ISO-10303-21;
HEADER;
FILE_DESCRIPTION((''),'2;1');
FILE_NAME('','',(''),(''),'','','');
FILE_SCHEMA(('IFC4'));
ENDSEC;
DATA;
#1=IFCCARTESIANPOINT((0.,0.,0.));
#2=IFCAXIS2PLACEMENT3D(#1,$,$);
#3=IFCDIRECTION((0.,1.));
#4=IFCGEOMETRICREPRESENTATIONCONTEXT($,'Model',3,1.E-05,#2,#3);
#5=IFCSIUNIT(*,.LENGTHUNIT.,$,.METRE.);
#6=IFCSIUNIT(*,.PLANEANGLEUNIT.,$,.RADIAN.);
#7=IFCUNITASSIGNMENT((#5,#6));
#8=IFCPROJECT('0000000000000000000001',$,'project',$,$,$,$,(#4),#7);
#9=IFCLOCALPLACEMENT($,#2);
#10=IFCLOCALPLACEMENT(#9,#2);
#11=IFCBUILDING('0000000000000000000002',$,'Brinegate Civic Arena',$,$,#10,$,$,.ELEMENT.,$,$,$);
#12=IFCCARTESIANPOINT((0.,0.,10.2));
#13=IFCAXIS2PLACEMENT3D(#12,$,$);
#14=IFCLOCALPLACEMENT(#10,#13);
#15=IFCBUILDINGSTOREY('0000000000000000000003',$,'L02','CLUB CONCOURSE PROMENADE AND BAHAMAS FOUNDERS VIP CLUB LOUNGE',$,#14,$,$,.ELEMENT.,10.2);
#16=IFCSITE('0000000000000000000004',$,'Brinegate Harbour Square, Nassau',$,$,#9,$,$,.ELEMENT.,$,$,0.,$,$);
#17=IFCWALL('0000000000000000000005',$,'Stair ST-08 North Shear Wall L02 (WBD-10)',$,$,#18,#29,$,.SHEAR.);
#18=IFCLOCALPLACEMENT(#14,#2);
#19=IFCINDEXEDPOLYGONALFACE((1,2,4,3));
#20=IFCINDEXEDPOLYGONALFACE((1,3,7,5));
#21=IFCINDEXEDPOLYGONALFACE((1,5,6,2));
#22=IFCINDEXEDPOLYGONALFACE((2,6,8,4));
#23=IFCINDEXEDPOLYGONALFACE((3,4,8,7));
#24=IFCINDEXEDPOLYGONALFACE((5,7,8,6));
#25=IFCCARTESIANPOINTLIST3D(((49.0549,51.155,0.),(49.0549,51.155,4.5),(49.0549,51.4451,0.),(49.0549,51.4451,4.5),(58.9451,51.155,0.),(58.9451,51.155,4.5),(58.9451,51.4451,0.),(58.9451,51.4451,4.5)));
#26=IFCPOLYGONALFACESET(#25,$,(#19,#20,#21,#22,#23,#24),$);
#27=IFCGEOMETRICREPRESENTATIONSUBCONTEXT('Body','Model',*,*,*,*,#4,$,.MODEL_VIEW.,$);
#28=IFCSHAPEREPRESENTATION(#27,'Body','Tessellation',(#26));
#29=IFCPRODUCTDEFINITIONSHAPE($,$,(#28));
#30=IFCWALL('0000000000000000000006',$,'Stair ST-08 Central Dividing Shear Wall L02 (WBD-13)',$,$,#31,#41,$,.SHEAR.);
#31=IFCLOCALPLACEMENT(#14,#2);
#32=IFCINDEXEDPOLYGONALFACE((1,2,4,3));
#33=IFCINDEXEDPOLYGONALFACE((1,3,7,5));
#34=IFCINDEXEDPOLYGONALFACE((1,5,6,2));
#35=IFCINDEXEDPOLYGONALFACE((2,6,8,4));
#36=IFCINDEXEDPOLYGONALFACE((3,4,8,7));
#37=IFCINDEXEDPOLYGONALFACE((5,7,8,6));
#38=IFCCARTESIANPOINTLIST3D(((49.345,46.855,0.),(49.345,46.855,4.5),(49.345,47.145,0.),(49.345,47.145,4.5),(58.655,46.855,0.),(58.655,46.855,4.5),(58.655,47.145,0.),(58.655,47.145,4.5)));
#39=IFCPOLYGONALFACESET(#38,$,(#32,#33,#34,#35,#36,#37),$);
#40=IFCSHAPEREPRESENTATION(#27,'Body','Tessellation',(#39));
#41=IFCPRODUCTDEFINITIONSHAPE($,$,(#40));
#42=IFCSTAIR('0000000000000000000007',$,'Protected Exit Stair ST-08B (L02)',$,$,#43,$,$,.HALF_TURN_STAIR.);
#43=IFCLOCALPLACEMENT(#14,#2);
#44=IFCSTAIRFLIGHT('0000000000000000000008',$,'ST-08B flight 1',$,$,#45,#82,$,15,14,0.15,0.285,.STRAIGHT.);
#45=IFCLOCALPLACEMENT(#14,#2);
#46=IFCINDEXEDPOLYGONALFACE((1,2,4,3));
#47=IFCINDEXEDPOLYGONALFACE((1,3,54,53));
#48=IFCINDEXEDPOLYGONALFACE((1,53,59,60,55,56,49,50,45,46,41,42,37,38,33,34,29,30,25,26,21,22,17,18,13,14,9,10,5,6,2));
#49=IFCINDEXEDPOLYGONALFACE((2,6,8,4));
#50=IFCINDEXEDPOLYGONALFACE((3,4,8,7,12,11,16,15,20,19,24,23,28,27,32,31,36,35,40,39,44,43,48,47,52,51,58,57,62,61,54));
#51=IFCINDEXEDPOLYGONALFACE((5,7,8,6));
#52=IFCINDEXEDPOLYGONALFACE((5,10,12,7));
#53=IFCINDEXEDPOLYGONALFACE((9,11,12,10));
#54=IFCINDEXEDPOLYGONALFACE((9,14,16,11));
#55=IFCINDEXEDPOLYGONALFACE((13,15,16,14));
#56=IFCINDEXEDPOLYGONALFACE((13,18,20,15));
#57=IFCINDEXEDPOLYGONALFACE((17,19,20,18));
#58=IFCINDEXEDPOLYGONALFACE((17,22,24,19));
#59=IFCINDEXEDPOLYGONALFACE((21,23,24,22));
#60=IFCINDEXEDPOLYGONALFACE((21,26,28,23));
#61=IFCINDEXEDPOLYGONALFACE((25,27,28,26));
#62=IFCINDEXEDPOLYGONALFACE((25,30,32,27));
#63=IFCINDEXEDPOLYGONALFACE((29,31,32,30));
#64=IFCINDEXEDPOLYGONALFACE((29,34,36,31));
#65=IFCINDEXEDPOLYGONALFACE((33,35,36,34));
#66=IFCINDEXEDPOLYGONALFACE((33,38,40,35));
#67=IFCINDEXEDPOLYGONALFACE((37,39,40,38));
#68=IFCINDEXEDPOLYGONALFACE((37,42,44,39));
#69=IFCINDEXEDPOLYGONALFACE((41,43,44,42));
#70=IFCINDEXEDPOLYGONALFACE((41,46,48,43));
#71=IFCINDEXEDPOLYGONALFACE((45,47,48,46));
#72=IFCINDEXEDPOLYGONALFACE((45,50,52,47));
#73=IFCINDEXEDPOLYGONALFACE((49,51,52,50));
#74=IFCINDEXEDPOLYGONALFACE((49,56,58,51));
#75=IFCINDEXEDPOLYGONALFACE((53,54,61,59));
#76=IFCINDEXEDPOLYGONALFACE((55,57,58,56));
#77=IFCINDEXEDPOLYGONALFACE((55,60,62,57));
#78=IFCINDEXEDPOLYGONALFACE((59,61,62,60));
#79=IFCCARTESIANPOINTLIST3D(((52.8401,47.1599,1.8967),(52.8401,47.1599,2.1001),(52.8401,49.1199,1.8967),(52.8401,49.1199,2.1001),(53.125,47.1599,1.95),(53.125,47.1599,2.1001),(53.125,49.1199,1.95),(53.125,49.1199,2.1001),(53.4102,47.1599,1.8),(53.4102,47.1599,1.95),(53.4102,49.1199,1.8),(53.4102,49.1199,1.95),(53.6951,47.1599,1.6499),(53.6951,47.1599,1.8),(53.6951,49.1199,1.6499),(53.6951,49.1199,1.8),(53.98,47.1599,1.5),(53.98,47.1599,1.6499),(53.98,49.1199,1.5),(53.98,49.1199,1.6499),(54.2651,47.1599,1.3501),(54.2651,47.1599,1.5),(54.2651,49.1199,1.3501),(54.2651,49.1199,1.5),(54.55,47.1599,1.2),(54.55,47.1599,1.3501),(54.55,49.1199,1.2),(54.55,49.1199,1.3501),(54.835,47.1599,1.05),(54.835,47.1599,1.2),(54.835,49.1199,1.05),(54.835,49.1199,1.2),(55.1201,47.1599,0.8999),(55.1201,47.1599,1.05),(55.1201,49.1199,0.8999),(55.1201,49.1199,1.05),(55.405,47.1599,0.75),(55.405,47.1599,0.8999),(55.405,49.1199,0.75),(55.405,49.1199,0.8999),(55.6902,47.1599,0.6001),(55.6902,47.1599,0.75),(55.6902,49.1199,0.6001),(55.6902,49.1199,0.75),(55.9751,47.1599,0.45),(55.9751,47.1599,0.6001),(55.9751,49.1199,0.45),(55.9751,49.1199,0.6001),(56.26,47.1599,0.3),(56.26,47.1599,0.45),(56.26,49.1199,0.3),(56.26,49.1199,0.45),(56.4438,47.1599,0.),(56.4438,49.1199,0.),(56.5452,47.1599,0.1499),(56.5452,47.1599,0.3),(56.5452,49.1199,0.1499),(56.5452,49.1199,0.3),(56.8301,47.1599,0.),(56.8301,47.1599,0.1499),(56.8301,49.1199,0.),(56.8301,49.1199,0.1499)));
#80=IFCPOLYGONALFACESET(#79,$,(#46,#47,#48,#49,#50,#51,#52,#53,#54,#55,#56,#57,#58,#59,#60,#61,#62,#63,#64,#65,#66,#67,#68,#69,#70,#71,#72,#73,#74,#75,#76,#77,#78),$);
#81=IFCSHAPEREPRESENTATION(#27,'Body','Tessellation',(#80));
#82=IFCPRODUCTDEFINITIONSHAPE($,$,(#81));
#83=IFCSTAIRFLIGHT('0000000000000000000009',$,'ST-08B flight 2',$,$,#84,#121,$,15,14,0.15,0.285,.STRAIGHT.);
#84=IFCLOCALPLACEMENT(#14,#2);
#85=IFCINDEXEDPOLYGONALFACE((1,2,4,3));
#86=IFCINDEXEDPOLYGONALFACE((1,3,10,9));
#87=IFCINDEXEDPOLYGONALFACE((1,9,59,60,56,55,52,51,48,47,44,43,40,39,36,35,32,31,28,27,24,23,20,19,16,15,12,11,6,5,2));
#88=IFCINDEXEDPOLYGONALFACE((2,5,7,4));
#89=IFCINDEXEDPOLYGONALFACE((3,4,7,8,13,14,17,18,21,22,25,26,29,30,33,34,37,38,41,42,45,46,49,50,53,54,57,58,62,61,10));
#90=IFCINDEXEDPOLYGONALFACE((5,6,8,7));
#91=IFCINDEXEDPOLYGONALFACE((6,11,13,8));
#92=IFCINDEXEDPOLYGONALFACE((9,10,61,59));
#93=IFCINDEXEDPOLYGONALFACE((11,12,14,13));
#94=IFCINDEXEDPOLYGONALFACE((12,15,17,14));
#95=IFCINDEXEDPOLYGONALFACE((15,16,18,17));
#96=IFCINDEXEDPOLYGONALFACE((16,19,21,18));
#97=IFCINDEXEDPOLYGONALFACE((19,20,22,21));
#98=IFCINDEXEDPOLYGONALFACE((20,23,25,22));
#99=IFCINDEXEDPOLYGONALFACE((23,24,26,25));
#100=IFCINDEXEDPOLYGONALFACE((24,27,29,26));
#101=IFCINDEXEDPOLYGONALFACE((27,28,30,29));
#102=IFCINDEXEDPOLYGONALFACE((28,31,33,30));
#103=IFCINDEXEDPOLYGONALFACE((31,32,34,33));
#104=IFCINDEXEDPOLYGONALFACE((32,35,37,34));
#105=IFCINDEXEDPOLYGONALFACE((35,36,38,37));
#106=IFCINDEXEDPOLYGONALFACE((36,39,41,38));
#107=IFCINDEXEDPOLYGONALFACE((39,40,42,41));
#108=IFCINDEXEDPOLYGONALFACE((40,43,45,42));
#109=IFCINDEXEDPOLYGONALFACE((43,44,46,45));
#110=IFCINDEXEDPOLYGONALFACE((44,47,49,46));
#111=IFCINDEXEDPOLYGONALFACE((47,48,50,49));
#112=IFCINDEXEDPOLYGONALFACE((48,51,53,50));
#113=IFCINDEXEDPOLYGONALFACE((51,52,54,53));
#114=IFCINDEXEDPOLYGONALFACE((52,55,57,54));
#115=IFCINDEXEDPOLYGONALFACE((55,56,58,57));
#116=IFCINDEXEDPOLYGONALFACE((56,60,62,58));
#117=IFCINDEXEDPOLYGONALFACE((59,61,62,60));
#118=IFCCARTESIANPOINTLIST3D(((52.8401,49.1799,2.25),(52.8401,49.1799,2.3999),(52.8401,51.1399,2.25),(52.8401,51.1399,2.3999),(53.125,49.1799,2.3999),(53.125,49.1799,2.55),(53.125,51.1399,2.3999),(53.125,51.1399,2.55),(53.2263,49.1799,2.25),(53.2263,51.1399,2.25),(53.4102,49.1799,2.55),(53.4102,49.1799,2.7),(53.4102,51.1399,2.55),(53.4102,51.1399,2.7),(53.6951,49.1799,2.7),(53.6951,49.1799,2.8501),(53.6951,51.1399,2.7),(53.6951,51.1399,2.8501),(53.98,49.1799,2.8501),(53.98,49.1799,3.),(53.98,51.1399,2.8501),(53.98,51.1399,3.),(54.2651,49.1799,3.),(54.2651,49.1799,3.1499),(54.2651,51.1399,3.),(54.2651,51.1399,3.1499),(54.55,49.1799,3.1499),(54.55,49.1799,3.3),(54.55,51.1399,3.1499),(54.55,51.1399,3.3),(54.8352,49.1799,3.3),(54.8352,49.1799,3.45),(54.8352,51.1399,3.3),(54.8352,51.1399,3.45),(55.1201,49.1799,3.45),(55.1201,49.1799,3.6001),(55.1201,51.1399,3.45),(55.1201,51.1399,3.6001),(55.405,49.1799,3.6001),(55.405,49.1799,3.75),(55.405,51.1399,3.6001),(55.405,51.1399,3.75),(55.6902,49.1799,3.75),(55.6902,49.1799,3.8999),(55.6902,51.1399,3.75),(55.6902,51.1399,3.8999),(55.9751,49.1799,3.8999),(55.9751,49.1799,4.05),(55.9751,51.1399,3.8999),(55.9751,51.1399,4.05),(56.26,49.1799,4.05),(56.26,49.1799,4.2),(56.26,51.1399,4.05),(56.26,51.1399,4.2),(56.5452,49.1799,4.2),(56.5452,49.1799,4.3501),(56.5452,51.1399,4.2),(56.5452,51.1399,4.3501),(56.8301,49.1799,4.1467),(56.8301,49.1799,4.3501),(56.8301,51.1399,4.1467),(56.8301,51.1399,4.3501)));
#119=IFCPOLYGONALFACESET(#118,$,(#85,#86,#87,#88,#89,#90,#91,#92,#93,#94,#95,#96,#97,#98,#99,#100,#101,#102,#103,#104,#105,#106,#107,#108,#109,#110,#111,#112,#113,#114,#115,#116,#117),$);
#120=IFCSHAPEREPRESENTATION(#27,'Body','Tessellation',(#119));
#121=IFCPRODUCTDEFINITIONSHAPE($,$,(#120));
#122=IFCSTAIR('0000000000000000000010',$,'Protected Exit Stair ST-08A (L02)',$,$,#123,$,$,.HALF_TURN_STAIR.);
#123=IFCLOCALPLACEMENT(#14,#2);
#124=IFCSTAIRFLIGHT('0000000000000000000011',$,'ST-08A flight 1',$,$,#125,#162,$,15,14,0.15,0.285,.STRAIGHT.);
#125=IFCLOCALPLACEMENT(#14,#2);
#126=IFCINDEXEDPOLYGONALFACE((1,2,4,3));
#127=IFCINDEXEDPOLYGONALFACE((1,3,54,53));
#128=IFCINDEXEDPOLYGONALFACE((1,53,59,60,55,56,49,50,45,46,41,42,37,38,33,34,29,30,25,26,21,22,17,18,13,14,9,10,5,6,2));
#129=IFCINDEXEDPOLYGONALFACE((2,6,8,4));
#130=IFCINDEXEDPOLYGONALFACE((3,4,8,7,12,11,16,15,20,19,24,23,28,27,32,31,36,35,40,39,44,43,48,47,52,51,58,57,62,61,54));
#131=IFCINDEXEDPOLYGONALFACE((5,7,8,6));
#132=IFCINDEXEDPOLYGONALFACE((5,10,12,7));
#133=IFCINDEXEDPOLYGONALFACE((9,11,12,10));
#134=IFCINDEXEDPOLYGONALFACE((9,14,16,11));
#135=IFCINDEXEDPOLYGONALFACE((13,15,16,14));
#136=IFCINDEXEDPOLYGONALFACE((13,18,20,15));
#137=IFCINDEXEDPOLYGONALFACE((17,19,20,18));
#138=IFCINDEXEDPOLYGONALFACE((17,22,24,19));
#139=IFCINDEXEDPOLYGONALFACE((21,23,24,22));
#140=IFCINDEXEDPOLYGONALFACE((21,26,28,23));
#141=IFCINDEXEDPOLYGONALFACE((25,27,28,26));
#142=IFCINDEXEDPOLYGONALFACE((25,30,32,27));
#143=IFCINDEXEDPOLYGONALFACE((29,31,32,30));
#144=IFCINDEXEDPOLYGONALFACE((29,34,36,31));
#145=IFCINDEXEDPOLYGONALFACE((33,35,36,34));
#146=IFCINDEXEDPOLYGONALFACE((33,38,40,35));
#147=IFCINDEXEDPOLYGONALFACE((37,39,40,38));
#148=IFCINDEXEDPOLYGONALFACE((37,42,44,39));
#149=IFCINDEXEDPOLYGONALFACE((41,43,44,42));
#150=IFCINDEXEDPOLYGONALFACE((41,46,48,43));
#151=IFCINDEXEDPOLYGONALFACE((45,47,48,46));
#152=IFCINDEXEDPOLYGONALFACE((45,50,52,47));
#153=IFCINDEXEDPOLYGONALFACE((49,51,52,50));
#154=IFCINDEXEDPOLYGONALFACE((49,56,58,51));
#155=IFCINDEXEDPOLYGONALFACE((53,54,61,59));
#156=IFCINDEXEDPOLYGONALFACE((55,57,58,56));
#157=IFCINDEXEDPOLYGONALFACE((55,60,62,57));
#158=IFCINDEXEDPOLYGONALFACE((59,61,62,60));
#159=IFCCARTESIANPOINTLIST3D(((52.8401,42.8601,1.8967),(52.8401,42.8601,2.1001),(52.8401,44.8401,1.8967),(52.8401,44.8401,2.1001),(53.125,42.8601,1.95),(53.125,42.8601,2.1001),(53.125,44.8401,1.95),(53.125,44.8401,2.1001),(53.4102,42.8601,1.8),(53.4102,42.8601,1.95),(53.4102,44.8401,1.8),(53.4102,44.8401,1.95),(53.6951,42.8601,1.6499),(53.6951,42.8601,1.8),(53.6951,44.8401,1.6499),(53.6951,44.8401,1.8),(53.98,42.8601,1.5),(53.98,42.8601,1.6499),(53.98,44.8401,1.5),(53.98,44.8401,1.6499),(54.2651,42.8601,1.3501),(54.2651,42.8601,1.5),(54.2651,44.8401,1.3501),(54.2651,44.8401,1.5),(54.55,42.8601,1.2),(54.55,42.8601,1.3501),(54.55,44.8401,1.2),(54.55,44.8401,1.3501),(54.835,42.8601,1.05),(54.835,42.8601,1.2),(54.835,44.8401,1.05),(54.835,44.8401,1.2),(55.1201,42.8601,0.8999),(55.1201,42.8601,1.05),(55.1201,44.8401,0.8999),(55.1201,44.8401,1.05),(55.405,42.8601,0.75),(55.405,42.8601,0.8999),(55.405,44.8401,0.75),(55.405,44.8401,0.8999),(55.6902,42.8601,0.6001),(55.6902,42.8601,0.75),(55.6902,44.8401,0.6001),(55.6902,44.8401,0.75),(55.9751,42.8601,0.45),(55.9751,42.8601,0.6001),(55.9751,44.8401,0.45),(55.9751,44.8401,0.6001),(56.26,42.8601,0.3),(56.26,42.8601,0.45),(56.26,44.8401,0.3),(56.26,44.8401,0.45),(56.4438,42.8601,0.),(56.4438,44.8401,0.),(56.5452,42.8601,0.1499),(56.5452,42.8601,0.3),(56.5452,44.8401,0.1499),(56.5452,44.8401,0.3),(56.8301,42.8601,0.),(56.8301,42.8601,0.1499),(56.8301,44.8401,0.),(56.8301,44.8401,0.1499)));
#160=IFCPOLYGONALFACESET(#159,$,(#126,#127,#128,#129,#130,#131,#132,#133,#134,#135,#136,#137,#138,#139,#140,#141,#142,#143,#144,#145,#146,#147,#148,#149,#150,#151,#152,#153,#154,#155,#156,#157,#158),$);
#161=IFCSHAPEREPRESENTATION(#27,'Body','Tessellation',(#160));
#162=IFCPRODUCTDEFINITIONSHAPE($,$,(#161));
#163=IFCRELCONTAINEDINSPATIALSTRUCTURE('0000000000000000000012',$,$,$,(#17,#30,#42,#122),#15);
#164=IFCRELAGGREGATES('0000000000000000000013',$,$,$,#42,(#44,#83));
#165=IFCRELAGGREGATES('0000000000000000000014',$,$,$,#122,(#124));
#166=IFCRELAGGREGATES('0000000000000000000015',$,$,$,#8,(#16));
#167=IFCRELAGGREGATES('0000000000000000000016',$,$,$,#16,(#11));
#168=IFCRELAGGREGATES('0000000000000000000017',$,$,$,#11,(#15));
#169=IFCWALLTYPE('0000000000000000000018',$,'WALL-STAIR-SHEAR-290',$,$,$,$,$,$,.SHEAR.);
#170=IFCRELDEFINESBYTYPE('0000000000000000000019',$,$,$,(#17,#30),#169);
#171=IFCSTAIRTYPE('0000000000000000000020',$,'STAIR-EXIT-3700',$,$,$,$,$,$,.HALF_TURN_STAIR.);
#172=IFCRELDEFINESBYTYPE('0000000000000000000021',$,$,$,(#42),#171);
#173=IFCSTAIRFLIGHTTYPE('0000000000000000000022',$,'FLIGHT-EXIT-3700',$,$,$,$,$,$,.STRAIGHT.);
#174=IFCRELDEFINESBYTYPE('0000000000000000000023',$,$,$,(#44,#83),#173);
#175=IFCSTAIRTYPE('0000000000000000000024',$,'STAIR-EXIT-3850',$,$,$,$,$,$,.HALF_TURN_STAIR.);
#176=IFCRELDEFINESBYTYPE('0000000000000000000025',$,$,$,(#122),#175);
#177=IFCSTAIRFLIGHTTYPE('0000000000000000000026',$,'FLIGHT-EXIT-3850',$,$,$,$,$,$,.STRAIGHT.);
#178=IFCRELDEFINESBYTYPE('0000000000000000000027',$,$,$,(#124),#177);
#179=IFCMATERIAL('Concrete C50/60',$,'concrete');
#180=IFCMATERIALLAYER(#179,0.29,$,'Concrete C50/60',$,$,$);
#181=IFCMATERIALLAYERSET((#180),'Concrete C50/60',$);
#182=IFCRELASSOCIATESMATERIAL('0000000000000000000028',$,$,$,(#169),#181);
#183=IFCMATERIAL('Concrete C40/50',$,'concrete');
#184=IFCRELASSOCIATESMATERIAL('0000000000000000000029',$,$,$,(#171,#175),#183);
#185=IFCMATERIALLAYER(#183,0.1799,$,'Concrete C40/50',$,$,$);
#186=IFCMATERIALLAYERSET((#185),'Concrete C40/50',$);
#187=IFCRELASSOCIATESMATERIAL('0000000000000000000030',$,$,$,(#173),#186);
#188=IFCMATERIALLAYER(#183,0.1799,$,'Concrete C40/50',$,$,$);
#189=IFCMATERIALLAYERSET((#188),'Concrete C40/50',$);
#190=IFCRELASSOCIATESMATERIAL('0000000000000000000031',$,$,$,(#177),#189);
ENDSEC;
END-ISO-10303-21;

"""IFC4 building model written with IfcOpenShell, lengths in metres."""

from ifc_helpers import new_model, si_unit, direction, frame, frame_2d, origin, place, context, subcontext, project, spatial, polyline, rectangle, outline, extrude, material, layer, layer_set, type_object, element, aggregate, save


model = new_model("IFC4")

# Units and contexts
model_context = context("Model", 3, precision=1e-05, world=origin(), true_north=direction((0.0, 1.0)))
body_context = subcontext(model_context, "Body", "Model", "MODEL_VIEW")
ifc_project = project(units=[si_unit("LENGTHUNIT", "METRE"), si_unit("PLANEANGLEUNIT", "RADIAN")], contexts=[model_context])

# Site, building, storey
site_placement = place(None, origin())
site = spatial("IfcSite", under=ifc_project, at=site_placement, Name="Brinegate Harbour Square, Nassau", CompositionType="ELEMENT", RefElevation=0.0)
building_placement = place(site_placement, origin())
building = spatial("IfcBuilding", under=site, at=building_placement, Name="Brinegate Civic Arena", CompositionType="ELEMENT")
storey_placement = place(building_placement, frame((0.0, 0.0, 10.2)))
storey = spatial("IfcBuildingStorey", under=building, at=storey_placement, Name="L02", Description="CLUB CONCOURSE PROMENADE AND BAHAMAS FOUNDERS VIP CLUB LOUNGE", CompositionType="ELEMENT", Elevation=10.2)

# Walls
ifc_material_1 = material(Name="Concrete C50/60", Category="concrete")
ifc_layer_1 = layer(ifc_material_1, 0.29, Name="Concrete C50/60")
ifc_layer_set_1 = layer_set([ifc_layer_1], Name="Concrete C50/60")
wall_type = type_object("IfcWallType", Name="WALL-STAIR-SHEAR-290", PredefinedType="SHEAR", material=ifc_layer_set_1)
wall_1_placement = place(storey_placement, frame((49.0549, 51.3, 0.0), z_axis=(0.0, 0.0, 1.0), x_axis=(1.0, 0.0, 0.0)))
element("IfcWall", 1, at=wall_1_placement, inside=storey, type_object=wall_type, Name="Stair ST-08 North Shear Wall L02 (WBD-10)", PredefinedType="SHEAR", context=body_context, shape_type="SweptSolid", body=[
    extrude(rectangle(XDim=9.8901, YDim=0.29, at=frame_2d((4.9451, 0.0))), origin(), (0.0, 0.0, 1.0), 4.5),
])
wall_2_placement = place(storey_placement, frame((49.345, 47.0, 0.0), z_axis=(0.0, 0.0, 1.0), x_axis=(1.0, 0.0, 0.0)))
element("IfcWall", 2, at=wall_2_placement, inside=storey, type_object=wall_type, Name="Stair ST-08 Central Dividing Shear Wall L02 (WBD-13)", PredefinedType="SHEAR", context=body_context, shape_type="SweptSolid", body=[
    extrude(rectangle(XDim=9.3101, YDim=0.29, at=frame_2d((4.655, 0.0))), origin(), (0.0, 0.0, 1.0), 4.5),
])

# Stairs, stair flights
ifc_material_2 = material(Name="Concrete C40/50", Category="concrete")
stair_type_1 = type_object("IfcStairType", Name="STAIR-EXIT-3700", PredefinedType="HALF_TURN_STAIR", material=ifc_material_2)
stair_1_placement = place(storey_placement, origin())
stair_1 = element("IfcStair", 3, at=stair_1_placement, inside=storey, type_object=stair_type_1, Name="Protected Exit Stair ST-08B (L02)", PredefinedType="HALF_TURN_STAIR")
ifc_layer_2 = layer(ifc_material_2, 0.1799, Name="Concrete C40/50")
ifc_layer_set_2 = layer_set([ifc_layer_2], Name="Concrete C40/50")
stair_flight_type_1 = type_object("IfcStairFlightType", Name="FLIGHT-EXIT-3700", PredefinedType="STRAIGHT", material=ifc_layer_set_2)
stair_flight_1_placement = place(storey_placement, frame((56.8301, 48.1399, 0.0), z_axis=(0.0, 0.0, 1.0), x_axis=(-1.0, 0.0, 0.0)))
stair_flight_1 = element("IfcStairFlight", 4, at=stair_flight_1_placement, type_object=stair_flight_type_1, Name="ST-08B flight 1", NumberOfRisers=15, NumberOfTreads=14, PredefinedType="STRAIGHT", RiserHeight=0.15, TreadLength=0.285, context=body_context, shape_type="SweptSolid", body=[
    extrude(outline(polyline([(0.0, 0.0), (0.0, 0.1499), (0.2849, 0.1499), (0.2849, 0.3), (0.5701, 0.3), (0.5701, 0.45), (0.855, 0.45), (0.855, 0.6001), (1.1399, 0.6001), (1.1399, 0.75), (1.425, 0.75), (1.425, 0.8999), (1.71, 0.8999), (1.71, 1.05), (1.9951, 1.05), (1.9951, 1.2), (2.28, 1.2), (2.28, 1.3501), (2.5649, 1.3501), (2.5649, 1.5), (2.8501, 1.5), (2.8501, 1.6499), (3.135, 1.6499), (3.135, 1.8), (3.4199, 1.8), (3.4199, 1.95), (3.7051, 1.95), (3.7051, 2.1001), (3.99, 2.1001), (3.99, 2.25), (3.99, 1.8967), (0.3862, 0.0), (0.0, 0.0)])), frame((0.0, 0.98, 0.0), z_axis=(0.0, -1.0, 0.0), x_axis=(1.0, 0.0, 0.0)), (0.0, 0.0, 1.0), 1.96),
])
stair_flight_2_placement = place(storey_placement, frame((52.8401, 50.1599, 2.25), z_axis=(0.0, 0.0, 1.0), x_axis=(1.0, 0.0, 0.0)))
stair_flight_2 = element("IfcStairFlight", 5, at=stair_flight_2_placement, type_object=stair_flight_type_1, Name="ST-08B flight 2", NumberOfRisers=15, NumberOfTreads=14, PredefinedType="STRAIGHT", RiserHeight=0.15, TreadLength=0.285, context=body_context, shape_type="SweptSolid", body=[
    extrude(outline(polyline([(0.0, 0.0), (0.0, 0.1499), (0.2849, 0.1499), (0.2849, 0.3), (0.5701, 0.3), (0.5701, 0.45), (0.855, 0.45), (0.855, 0.6001), (1.1399, 0.6001), (1.1399, 0.75), (1.425, 0.75), (1.425, 0.8999), (1.71, 0.8999), (1.71, 1.05), (1.9951, 1.05), (1.9951, 1.2), (2.28, 1.2), (2.28, 1.3501), (2.5649, 1.3501), (2.5649, 1.5), (2.8501, 1.5), (2.8501, 1.6499), (3.135, 1.6499), (3.135, 1.8), (3.4199, 1.8), (3.4199, 1.95), (3.7051, 1.95), (3.7051, 2.1001), (3.99, 2.1001), (3.99, 2.25), (3.99, 1.8967), (0.3862, 0.0), (0.0, 0.0)])), frame((0.0, 0.98, 0.0), z_axis=(0.0, -1.0, 0.0), x_axis=(1.0, 0.0, 0.0)), (0.0, 0.0, 1.0), 1.96),
])
aggregate(stair_1, [stair_flight_1, stair_flight_2])
stair_type_2 = type_object("IfcStairType", Name="STAIR-EXIT-3850", PredefinedType="HALF_TURN_STAIR", material=ifc_material_2)
stair_2_placement = place(storey_placement, origin())
stair_2 = element("IfcStair", 6, at=stair_2_placement, inside=storey, type_object=stair_type_2, Name="Protected Exit Stair ST-08A (L02)", PredefinedType="HALF_TURN_STAIR")
ifc_layer_3 = layer(ifc_material_2, 0.1799, Name="Concrete C40/50")
ifc_layer_set_3 = layer_set([ifc_layer_3], Name="Concrete C40/50")
stair_flight_type_2 = type_object("IfcStairFlightType", Name="FLIGHT-EXIT-3850", PredefinedType="STRAIGHT", material=ifc_layer_set_3)
stair_flight_3_placement = place(storey_placement, frame((56.8301, 43.8501, 0.0), z_axis=(0.0, 0.0, 1.0), x_axis=(-1.0, 0.0, 0.0)))
stair_flight_3 = element("IfcStairFlight", 7, at=stair_flight_3_placement, type_object=stair_flight_type_2, Name="ST-08A flight 1", NumberOfRisers=15, NumberOfTreads=14, PredefinedType="STRAIGHT", RiserHeight=0.15, TreadLength=0.285, context=body_context, shape_type="SweptSolid", body=[
    extrude(outline(polyline([(0.0, 0.0), (0.0, 0.1499), (0.2849, 0.1499), (0.2849, 0.3), (0.5701, 0.3), (0.5701, 0.45), (0.855, 0.45), (0.855, 0.6001), (1.1399, 0.6001), (1.1399, 0.75), (1.425, 0.75), (1.425, 0.8999), (1.71, 0.8999), (1.71, 1.05), (1.9951, 1.05), (1.9951, 1.2), (2.28, 1.2), (2.28, 1.3501), (2.5649, 1.3501), (2.5649, 1.5), (2.8501, 1.5), (2.8501, 1.6499), (3.135, 1.6499), (3.135, 1.8), (3.4199, 1.8), (3.4199, 1.95), (3.7051, 1.95), (3.7051, 2.1001), (3.99, 2.1001), (3.99, 2.25), (3.99, 1.8967), (0.3862, 0.0), (0.0, 0.0)])), frame((0.0, 0.99, 0.0), z_axis=(0.0, -1.0, 0.0), x_axis=(1.0, 0.0, 0.0)), (0.0, 0.0, 1.0), 1.98),
])
aggregate(stair_2, [stair_flight_3])

save(model, "model.ifc")
